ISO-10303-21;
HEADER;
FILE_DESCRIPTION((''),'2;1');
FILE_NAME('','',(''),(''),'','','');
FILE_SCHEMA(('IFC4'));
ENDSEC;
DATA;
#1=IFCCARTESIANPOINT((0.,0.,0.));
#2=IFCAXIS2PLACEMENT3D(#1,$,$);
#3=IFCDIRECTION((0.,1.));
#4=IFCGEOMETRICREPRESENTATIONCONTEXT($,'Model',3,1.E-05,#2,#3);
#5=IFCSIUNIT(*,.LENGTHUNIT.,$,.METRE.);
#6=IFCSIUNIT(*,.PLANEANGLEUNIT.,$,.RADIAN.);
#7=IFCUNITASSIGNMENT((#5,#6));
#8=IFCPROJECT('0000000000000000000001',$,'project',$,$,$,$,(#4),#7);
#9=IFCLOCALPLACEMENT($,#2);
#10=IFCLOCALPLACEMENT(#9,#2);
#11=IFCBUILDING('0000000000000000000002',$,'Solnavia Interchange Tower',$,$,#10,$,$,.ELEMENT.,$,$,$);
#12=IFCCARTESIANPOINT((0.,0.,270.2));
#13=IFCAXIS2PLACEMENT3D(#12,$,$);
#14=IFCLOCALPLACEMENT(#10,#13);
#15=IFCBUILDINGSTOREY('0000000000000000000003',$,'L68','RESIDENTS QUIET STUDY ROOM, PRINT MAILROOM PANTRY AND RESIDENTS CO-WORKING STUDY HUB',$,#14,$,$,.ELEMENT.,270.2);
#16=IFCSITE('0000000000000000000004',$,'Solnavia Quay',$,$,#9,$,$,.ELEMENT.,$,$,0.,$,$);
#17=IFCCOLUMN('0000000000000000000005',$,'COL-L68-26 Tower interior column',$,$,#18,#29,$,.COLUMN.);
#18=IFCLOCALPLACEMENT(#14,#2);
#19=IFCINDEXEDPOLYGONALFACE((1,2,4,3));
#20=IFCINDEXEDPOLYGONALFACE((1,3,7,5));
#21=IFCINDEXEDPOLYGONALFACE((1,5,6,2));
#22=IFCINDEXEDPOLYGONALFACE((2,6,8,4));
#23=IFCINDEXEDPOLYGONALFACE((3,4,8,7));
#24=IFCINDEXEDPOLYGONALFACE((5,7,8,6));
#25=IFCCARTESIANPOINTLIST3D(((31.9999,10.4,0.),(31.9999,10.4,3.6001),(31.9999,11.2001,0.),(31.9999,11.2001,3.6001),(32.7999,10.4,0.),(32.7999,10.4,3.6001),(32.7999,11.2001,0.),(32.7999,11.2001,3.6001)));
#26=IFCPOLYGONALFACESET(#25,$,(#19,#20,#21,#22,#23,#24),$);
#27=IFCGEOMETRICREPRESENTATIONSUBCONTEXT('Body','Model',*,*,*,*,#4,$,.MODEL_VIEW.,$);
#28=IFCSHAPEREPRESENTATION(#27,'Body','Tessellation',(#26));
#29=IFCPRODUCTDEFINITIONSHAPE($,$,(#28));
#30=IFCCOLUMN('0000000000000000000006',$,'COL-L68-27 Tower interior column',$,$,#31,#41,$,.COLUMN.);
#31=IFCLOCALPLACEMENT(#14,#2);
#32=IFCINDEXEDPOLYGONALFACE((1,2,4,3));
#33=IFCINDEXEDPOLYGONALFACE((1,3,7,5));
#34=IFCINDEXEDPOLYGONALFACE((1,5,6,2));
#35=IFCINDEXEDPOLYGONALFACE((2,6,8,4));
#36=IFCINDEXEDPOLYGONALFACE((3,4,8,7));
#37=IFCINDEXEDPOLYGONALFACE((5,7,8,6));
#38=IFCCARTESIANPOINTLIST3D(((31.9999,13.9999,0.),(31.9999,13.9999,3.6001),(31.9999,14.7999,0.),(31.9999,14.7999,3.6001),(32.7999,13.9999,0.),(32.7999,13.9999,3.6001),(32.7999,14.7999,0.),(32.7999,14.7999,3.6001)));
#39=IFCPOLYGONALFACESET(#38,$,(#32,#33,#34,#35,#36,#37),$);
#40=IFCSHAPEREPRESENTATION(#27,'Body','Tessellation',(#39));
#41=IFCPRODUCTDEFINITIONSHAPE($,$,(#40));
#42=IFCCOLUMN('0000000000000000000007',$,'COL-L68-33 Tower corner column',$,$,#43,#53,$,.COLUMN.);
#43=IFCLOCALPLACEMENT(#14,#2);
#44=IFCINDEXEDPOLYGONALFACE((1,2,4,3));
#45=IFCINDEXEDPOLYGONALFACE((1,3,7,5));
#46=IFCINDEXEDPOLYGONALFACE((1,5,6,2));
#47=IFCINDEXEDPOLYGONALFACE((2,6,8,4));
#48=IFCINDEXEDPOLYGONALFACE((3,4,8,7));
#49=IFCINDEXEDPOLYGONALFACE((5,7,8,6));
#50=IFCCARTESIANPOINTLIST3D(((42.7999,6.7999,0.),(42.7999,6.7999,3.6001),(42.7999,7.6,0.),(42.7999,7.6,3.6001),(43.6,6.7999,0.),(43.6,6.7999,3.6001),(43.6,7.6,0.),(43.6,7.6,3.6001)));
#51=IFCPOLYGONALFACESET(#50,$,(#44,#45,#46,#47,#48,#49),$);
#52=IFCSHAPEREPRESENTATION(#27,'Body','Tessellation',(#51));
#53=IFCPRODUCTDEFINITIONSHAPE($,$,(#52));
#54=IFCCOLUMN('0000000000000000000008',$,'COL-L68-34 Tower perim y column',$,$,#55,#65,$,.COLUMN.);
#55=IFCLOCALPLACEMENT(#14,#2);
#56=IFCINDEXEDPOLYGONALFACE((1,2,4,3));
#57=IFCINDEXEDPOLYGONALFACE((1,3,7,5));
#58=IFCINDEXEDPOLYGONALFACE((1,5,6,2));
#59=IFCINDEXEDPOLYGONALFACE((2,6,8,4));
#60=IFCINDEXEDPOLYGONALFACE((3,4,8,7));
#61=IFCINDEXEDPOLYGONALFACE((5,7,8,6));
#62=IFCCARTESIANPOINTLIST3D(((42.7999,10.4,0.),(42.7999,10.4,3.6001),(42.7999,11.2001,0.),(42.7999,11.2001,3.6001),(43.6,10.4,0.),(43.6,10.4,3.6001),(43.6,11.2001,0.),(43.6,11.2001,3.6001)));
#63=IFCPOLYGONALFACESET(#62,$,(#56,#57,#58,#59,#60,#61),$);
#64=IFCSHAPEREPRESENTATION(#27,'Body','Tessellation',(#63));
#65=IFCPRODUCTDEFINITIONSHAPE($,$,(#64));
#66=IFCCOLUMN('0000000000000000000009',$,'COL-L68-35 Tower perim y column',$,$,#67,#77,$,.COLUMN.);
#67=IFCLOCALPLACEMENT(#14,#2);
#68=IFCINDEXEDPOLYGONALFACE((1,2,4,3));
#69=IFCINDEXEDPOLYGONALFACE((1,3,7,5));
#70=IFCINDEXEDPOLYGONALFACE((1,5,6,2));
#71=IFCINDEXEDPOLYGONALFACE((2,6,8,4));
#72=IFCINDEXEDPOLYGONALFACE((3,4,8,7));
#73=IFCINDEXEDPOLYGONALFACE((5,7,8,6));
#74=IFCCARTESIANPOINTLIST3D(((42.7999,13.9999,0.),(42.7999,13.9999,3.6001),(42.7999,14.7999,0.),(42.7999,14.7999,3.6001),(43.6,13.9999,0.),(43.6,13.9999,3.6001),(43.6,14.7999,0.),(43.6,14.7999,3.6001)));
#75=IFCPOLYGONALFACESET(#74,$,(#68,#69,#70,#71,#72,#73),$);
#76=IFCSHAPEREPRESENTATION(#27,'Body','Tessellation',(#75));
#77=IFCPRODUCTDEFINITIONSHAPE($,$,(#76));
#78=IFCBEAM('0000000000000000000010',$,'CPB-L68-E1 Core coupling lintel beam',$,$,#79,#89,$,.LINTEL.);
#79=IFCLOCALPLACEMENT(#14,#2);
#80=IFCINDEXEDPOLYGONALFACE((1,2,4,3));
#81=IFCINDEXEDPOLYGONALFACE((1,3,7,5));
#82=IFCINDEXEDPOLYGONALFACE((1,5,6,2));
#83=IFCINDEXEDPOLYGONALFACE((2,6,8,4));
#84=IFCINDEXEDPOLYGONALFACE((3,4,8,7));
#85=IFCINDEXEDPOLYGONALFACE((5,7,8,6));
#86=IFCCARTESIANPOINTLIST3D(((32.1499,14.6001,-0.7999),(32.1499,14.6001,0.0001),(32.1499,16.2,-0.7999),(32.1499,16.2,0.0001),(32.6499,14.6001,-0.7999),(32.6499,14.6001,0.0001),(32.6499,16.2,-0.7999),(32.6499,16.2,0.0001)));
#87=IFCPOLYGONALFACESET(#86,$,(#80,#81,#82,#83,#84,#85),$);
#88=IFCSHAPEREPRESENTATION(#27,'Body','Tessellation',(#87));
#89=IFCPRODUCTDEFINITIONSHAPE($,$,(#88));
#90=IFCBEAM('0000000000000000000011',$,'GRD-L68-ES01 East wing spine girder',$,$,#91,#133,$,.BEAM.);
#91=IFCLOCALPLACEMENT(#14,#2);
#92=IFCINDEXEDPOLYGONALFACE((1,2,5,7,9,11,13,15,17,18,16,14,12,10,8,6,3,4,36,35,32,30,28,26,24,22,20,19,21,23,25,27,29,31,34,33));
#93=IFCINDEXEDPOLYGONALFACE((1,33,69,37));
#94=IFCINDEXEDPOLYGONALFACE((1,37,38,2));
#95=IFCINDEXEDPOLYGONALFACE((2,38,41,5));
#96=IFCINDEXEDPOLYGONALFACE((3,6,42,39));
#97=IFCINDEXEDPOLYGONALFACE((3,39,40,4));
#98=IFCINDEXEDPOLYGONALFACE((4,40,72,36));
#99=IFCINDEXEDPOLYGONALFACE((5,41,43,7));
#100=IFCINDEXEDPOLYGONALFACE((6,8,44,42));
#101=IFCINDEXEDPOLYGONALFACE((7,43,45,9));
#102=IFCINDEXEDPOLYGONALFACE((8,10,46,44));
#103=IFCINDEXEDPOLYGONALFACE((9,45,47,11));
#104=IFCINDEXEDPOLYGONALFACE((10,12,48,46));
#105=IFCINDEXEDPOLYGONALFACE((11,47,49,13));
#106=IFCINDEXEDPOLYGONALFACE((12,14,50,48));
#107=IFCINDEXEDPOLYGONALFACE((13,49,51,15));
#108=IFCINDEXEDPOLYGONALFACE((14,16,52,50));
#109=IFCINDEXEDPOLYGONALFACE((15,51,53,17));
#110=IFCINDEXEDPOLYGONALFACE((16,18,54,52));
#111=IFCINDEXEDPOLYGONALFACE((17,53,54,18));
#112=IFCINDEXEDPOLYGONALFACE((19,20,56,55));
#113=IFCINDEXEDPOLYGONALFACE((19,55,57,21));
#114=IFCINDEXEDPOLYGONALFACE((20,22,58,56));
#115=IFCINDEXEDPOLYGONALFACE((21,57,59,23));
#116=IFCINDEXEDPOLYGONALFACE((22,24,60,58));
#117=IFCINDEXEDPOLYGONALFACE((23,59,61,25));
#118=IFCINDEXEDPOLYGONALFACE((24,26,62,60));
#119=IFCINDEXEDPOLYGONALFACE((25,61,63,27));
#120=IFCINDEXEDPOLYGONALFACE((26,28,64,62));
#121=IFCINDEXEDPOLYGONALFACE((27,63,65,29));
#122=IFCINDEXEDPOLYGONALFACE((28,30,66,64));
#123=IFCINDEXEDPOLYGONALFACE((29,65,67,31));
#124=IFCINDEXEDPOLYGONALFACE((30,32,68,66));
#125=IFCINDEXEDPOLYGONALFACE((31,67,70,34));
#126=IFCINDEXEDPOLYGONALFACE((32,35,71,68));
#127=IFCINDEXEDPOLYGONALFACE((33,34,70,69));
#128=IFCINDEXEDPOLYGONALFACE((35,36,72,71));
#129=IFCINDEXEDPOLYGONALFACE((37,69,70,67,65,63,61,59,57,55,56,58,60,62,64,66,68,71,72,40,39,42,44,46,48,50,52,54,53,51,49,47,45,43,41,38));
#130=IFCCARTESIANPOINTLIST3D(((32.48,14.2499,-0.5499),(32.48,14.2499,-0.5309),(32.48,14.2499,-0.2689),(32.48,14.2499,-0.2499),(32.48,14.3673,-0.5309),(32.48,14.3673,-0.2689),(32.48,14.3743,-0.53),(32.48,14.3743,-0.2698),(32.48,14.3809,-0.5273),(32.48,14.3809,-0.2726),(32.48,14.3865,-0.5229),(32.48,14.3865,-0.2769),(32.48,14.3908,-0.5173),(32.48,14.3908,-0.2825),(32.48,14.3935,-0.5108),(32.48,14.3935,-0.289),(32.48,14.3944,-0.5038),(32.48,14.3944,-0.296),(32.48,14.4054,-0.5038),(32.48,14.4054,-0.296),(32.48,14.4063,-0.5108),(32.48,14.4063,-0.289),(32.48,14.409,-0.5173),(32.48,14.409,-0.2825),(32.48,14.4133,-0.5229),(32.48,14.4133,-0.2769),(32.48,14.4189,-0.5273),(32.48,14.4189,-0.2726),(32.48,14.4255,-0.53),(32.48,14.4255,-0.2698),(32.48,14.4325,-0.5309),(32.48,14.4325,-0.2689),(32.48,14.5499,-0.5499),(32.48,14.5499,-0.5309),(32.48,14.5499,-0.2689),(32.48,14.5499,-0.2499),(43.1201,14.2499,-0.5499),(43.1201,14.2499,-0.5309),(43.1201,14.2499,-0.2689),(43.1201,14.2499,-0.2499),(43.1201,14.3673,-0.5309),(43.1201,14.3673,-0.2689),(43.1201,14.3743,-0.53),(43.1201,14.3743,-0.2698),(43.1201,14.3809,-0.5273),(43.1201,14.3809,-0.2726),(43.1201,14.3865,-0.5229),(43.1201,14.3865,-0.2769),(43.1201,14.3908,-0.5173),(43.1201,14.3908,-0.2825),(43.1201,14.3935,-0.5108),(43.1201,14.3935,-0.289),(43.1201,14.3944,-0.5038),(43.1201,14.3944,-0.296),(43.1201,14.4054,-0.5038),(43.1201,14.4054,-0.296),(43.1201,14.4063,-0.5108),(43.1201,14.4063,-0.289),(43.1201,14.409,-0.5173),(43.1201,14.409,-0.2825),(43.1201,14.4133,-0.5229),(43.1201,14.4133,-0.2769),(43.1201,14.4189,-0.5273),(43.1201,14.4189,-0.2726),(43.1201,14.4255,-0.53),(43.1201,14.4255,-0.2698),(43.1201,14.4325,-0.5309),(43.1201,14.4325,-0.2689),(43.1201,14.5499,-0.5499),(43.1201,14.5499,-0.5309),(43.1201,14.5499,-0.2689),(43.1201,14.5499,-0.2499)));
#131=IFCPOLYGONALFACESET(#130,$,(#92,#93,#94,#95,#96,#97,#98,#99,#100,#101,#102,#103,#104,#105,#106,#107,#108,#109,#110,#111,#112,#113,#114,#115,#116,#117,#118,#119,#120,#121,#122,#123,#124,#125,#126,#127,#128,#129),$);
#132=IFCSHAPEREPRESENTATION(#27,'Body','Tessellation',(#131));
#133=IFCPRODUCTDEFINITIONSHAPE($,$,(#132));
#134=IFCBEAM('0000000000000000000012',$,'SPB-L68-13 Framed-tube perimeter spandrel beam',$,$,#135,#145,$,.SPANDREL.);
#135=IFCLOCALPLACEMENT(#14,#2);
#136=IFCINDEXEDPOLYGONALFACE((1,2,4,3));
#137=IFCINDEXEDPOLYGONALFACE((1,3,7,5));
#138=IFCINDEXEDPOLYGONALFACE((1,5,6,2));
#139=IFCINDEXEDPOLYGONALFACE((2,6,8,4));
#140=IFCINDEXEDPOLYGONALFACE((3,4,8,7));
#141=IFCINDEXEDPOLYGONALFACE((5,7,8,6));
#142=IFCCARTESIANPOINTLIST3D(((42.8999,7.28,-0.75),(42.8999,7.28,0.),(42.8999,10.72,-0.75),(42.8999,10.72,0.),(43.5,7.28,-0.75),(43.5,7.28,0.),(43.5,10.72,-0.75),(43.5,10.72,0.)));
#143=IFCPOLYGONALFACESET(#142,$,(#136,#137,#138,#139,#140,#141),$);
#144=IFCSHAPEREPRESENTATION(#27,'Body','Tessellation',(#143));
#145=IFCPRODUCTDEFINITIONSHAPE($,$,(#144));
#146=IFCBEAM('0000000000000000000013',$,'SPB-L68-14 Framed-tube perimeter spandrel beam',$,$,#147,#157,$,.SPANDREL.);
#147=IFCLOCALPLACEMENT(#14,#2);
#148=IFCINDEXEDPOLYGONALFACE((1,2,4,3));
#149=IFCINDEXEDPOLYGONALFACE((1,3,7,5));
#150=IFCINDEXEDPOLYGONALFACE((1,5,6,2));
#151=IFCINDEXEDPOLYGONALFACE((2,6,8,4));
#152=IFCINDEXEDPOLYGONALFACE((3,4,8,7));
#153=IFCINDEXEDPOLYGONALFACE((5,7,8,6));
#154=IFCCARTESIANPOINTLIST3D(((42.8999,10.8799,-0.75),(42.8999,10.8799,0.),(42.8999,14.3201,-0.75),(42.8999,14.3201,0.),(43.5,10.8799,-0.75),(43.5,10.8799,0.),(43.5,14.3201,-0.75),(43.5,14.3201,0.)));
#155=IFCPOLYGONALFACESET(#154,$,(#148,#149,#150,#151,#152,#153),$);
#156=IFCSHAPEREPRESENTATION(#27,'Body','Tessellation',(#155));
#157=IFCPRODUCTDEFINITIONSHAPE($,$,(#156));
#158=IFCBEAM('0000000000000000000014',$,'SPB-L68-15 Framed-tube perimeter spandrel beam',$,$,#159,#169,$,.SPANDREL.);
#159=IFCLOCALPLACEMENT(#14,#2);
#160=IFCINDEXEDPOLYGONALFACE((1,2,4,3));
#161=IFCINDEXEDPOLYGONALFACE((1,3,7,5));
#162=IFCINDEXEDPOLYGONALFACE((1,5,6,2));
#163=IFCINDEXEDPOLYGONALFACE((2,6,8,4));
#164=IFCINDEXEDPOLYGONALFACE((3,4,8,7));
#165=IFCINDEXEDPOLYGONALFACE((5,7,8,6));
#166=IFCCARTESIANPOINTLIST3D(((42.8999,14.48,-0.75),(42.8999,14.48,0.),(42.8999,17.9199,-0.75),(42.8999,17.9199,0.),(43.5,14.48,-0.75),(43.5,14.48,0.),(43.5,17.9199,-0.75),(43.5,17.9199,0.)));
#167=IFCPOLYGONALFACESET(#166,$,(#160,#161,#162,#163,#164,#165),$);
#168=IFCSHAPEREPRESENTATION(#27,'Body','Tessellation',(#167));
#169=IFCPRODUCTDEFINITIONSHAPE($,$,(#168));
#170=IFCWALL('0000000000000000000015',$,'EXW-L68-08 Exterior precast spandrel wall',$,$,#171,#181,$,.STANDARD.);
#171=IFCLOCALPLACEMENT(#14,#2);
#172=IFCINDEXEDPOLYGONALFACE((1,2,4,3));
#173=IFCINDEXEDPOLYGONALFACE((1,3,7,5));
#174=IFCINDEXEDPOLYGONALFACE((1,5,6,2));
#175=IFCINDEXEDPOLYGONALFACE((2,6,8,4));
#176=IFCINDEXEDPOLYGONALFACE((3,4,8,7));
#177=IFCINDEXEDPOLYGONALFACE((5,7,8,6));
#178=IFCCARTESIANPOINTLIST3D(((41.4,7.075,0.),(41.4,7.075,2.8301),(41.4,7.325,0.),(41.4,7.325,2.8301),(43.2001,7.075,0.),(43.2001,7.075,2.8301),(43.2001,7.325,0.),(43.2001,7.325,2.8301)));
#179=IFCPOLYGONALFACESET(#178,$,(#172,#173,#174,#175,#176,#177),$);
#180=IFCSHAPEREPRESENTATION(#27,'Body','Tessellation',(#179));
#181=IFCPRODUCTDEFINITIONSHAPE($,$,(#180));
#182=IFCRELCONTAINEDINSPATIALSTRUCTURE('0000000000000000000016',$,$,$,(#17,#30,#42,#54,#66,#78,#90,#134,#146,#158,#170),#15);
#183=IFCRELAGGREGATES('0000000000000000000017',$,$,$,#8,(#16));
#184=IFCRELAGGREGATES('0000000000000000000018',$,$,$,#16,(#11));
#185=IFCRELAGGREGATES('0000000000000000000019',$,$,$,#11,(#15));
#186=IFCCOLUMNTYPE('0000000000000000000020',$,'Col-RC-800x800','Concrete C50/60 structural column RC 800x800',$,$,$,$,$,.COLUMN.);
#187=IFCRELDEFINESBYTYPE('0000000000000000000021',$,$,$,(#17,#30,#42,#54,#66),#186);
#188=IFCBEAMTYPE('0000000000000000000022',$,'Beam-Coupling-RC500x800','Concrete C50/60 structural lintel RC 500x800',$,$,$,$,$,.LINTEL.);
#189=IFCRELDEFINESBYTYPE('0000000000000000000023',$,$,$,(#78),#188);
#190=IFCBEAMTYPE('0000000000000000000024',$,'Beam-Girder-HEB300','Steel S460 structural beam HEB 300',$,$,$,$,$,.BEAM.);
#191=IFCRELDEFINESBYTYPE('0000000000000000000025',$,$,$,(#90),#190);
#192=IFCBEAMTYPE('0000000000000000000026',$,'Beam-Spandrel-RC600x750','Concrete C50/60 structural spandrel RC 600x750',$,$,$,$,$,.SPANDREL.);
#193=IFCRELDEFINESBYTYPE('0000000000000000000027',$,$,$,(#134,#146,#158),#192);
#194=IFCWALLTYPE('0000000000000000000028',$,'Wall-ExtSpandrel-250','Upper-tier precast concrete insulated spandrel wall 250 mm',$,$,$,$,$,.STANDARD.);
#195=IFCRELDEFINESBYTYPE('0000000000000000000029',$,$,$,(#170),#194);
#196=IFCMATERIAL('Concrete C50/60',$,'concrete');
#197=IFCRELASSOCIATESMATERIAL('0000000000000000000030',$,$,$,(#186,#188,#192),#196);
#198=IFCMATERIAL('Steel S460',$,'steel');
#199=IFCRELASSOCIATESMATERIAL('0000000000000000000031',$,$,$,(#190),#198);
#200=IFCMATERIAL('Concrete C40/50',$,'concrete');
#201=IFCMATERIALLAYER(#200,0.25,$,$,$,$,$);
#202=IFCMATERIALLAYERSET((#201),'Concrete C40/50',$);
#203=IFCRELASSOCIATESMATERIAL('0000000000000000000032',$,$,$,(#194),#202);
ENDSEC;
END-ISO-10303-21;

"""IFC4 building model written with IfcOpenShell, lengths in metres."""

from ifc_helpers import new_model, si_unit, direction, frame, frame_2d, origin, origin_2d, place, context, subcontext, project, spatial, rectangle, i_section, extrude, material, layer, layer_set, material_profile, profile_set, type_object, element, save


model = new_model("IFC4")

# Units and contexts
model_context = context("Model", 3, precision=1e-05, world=origin(), true_north=direction((0.0, 1.0)))
body_context = subcontext(model_context, "Body", "Model", "MODEL_VIEW")
ifc_project = project(units=[si_unit("LENGTHUNIT", "METRE"), si_unit("PLANEANGLEUNIT", "RADIAN")], contexts=[model_context])

# Site, building, storey
site_placement = place(None, origin())
site = spatial("IfcSite", under=ifc_project, at=site_placement, Name="Solnavia Quay", CompositionType="ELEMENT", RefElevation=0.0)
building_placement = place(site_placement, origin())
building = spatial("IfcBuilding", under=site, at=building_placement, Name="Solnavia Interchange Tower", CompositionType="ELEMENT")
storey_placement = place(building_placement, frame((0.0, 0.0, 270.2)))
storey = spatial("IfcBuildingStorey", under=building, at=storey_placement, Name="L68", Description="RESIDENTS QUIET STUDY ROOM, PRINT MAILROOM PANTRY AND RESIDENTS CO-WORKING STUDY HUB", CompositionType="ELEMENT", Elevation=270.2)

# Columns
ifc_material_1 = material(Name="Concrete C50/60", Category="concrete")
ifc_material_profile_1 = material_profile(ifc_material_1, rectangle(XDim=0.8, YDim=0.8, at=origin_2d()), Name="RC 800x800")
ifc_profile_set_1 = profile_set([ifc_material_profile_1], Name="Concrete C50/60")
column_type = type_object("IfcColumnType", Name="Col-RC-800x800", Description="Concrete C50/60 structural column RC 800x800", PredefinedType="COLUMN", material=ifc_profile_set_1)
for number, where, z_axis, x_axis, name in (
    (1, (32.3999, 10.8, 0.0), (0.0, 0.0, 1.0), (1.0, 0.0, 0.0), "COL-L68-26 Tower interior column"),
    (2, (32.3999, 14.3999, 0.0), (0.0, 0.0, 1.0), (1.0, 0.0, 0.0), "COL-L68-27 Tower interior column"),
    (3, (43.2, 7.2, 0.0), (0.0, 0.0, 1.0), (1.0, 0.0, 0.0), "COL-L68-33 Tower corner column"),
    (4, (43.2, 10.8, 0.0), (0.0, 0.0, 1.0), (0.0, 1.0, 0.0), "COL-L68-34 Tower perim y column"),
    (5, (43.2, 14.3999, 0.0), (0.0, 0.0, 1.0), (0.0, 1.0, 0.0), "COL-L68-35 Tower perim y column"),
):
    element("IfcColumn", number, at=place(storey_placement, frame(where, z_axis=z_axis, x_axis=x_axis)), inside=storey, type_object=column_type, Name=name, PredefinedType="COLUMN", context=body_context, shape_type="SweptSolid", body=[
        extrude(rectangle(XDim=0.8, YDim=0.8, at=origin_2d()), origin(), (0.0, 0.0, 1.0), 3.6001),
    ])

# Beams
ifc_material_profile_2 = material_profile(ifc_material_1, rectangle(XDim=0.5, YDim=0.8, at=origin_2d()), Name="RC 500x800")
ifc_profile_set_2 = profile_set([ifc_material_profile_2], Name="Concrete C50/60")
beam_type_1 = type_object("IfcBeamType", Name="Beam-Coupling-RC500x800", Description="Concrete C50/60 structural lintel RC 500x800", PredefinedType="LINTEL", material=ifc_profile_set_2)
beam_1_placement = place(storey_placement, frame((32.3999, 14.6001, -0.3999), z_axis=(0.0, 1.0, 0.0), x_axis=(-1.0, 0.0, 0.0)))
element("IfcBeam", 6, at=beam_1_placement, inside=storey, type_object=beam_type_1, Name="CPB-L68-E1 Core coupling lintel beam", PredefinedType="LINTEL", context=body_context, shape_type="SweptSolid", body=[
    extrude(rectangle(XDim=0.5, YDim=0.8, at=origin_2d()), origin(), (0.0, 0.0, 1.0), 1.5999),
])
ifc_material_2 = material(Name="Steel S460", Category="steel")
ifc_material_profile_3 = material_profile(ifc_material_2, i_section(OverallWidth=0.3, OverallDepth=0.3, WebThickness=0.011, FlangeThickness=0.019, FilletRadius=0.0271, at=origin_2d()), Name="HEB 300")
ifc_profile_set_3 = profile_set([ifc_material_profile_3], Name="Steel S460")
beam_type_2 = type_object("IfcBeamType", Name="Beam-Girder-HEB300", Description="Steel S460 structural beam HEB 300", PredefinedType="BEAM", material=ifc_profile_set_3)
beam_2_placement = place(storey_placement, frame((32.48, 14.3999, -0.3999), z_axis=(1.0, 0.0, 0.0), x_axis=(0.0, 1.0, 0.0)))
element("IfcBeam", 7, at=beam_2_placement, inside=storey, type_object=beam_type_2, Name="GRD-L68-ES01 East wing spine girder", PredefinedType="BEAM", context=body_context, shape_type="SweptSolid", body=[
    extrude(i_section(OverallWidth=0.3, OverallDepth=0.3, WebThickness=0.011, FlangeThickness=0.019, FilletRadius=0.0271, at=origin_2d()), origin(), (0.0, 0.0, 1.0), 10.6401),
])
ifc_material_profile_4 = material_profile(ifc_material_1, rectangle(XDim=0.6001, YDim=0.75, at=origin_2d()), Name="RC 600x750")
ifc_profile_set_4 = profile_set([ifc_material_profile_4], Name="Concrete C50/60")
beam_type_3 = type_object("IfcBeamType", Name="Beam-Spandrel-RC600x750", Description="Concrete C50/60 structural spandrel RC 600x750", PredefinedType="SPANDREL", material=ifc_profile_set_4)
beam_3_placement = place(storey_placement, frame((43.2, 7.28, -0.375), z_axis=(0.0, 1.0, 0.0), x_axis=(-1.0, 0.0, 0.0)))
element("IfcBeam", 8, at=beam_3_placement, inside=storey, type_object=beam_type_3, Name="SPB-L68-13 Framed-tube perimeter spandrel beam", PredefinedType="SPANDREL", context=body_context, shape_type="SweptSolid", body=[
    extrude(rectangle(XDim=0.6001, YDim=0.75, at=origin_2d()), origin(), (0.0, 0.0, 1.0), 3.4399),
])
beam_4_placement = place(storey_placement, frame((43.2, 10.8799, -0.375), z_axis=(0.0, 1.0, 0.0), x_axis=(-1.0, 0.0, 0.0)))
element("IfcBeam", 9, at=beam_4_placement, inside=storey, type_object=beam_type_3, Name="SPB-L68-14 Framed-tube perimeter spandrel beam", PredefinedType="SPANDREL", context=body_context, shape_type="SweptSolid", body=[
    extrude(rectangle(XDim=0.6001, YDim=0.75, at=origin_2d()), origin(), (0.0, 0.0, 1.0), 3.4402),
])
beam_5_placement = place(storey_placement, frame((43.2, 14.48, -0.375), z_axis=(0.0, 1.0, 0.0), x_axis=(-1.0, 0.0, 0.0)))
element("IfcBeam", 10, at=beam_5_placement, inside=storey, type_object=beam_type_3, Name="SPB-L68-15 Framed-tube perimeter spandrel beam", PredefinedType="SPANDREL", context=body_context, shape_type="SweptSolid", body=[
    extrude(rectangle(XDim=0.6001, YDim=0.75, at=origin_2d()), origin(), (0.0, 0.0, 1.0), 3.4399),
])

# Wall
ifc_material_3 = material(Name="Concrete C40/50", Category="concrete")
ifc_layer_1 = layer(ifc_material_3, 0.25)
ifc_layer_set_1 = layer_set([ifc_layer_1], Name="Concrete C40/50")
wall_type_1 = type_object("IfcWallType", Name="Wall-ExtSpandrel-250", Description="Upper-tier precast concrete insulated spandrel wall 250 mm", PredefinedType="STANDARD", material=ifc_layer_set_1)
wall_1_placement = place(storey_placement, frame((43.2, 7.2, 0.0), z_axis=(0.0, 0.0, 1.0), x_axis=(-1.0, 0.0, 0.0)))
element("IfcWall", 11, at=wall_1_placement, inside=storey, type_object=wall_type_1, Name="EXW-L68-08 Exterior precast spandrel wall", PredefinedType="STANDARD", context=body_context, shape_type="SweptSolid", body=[
    extrude(rectangle(XDim=1.8, YDim=0.25, at=frame_2d((0.8999, 0.0))), origin(), (0.0, 0.0, 1.0), 2.8301),
])

save(model, "model.ifc")
